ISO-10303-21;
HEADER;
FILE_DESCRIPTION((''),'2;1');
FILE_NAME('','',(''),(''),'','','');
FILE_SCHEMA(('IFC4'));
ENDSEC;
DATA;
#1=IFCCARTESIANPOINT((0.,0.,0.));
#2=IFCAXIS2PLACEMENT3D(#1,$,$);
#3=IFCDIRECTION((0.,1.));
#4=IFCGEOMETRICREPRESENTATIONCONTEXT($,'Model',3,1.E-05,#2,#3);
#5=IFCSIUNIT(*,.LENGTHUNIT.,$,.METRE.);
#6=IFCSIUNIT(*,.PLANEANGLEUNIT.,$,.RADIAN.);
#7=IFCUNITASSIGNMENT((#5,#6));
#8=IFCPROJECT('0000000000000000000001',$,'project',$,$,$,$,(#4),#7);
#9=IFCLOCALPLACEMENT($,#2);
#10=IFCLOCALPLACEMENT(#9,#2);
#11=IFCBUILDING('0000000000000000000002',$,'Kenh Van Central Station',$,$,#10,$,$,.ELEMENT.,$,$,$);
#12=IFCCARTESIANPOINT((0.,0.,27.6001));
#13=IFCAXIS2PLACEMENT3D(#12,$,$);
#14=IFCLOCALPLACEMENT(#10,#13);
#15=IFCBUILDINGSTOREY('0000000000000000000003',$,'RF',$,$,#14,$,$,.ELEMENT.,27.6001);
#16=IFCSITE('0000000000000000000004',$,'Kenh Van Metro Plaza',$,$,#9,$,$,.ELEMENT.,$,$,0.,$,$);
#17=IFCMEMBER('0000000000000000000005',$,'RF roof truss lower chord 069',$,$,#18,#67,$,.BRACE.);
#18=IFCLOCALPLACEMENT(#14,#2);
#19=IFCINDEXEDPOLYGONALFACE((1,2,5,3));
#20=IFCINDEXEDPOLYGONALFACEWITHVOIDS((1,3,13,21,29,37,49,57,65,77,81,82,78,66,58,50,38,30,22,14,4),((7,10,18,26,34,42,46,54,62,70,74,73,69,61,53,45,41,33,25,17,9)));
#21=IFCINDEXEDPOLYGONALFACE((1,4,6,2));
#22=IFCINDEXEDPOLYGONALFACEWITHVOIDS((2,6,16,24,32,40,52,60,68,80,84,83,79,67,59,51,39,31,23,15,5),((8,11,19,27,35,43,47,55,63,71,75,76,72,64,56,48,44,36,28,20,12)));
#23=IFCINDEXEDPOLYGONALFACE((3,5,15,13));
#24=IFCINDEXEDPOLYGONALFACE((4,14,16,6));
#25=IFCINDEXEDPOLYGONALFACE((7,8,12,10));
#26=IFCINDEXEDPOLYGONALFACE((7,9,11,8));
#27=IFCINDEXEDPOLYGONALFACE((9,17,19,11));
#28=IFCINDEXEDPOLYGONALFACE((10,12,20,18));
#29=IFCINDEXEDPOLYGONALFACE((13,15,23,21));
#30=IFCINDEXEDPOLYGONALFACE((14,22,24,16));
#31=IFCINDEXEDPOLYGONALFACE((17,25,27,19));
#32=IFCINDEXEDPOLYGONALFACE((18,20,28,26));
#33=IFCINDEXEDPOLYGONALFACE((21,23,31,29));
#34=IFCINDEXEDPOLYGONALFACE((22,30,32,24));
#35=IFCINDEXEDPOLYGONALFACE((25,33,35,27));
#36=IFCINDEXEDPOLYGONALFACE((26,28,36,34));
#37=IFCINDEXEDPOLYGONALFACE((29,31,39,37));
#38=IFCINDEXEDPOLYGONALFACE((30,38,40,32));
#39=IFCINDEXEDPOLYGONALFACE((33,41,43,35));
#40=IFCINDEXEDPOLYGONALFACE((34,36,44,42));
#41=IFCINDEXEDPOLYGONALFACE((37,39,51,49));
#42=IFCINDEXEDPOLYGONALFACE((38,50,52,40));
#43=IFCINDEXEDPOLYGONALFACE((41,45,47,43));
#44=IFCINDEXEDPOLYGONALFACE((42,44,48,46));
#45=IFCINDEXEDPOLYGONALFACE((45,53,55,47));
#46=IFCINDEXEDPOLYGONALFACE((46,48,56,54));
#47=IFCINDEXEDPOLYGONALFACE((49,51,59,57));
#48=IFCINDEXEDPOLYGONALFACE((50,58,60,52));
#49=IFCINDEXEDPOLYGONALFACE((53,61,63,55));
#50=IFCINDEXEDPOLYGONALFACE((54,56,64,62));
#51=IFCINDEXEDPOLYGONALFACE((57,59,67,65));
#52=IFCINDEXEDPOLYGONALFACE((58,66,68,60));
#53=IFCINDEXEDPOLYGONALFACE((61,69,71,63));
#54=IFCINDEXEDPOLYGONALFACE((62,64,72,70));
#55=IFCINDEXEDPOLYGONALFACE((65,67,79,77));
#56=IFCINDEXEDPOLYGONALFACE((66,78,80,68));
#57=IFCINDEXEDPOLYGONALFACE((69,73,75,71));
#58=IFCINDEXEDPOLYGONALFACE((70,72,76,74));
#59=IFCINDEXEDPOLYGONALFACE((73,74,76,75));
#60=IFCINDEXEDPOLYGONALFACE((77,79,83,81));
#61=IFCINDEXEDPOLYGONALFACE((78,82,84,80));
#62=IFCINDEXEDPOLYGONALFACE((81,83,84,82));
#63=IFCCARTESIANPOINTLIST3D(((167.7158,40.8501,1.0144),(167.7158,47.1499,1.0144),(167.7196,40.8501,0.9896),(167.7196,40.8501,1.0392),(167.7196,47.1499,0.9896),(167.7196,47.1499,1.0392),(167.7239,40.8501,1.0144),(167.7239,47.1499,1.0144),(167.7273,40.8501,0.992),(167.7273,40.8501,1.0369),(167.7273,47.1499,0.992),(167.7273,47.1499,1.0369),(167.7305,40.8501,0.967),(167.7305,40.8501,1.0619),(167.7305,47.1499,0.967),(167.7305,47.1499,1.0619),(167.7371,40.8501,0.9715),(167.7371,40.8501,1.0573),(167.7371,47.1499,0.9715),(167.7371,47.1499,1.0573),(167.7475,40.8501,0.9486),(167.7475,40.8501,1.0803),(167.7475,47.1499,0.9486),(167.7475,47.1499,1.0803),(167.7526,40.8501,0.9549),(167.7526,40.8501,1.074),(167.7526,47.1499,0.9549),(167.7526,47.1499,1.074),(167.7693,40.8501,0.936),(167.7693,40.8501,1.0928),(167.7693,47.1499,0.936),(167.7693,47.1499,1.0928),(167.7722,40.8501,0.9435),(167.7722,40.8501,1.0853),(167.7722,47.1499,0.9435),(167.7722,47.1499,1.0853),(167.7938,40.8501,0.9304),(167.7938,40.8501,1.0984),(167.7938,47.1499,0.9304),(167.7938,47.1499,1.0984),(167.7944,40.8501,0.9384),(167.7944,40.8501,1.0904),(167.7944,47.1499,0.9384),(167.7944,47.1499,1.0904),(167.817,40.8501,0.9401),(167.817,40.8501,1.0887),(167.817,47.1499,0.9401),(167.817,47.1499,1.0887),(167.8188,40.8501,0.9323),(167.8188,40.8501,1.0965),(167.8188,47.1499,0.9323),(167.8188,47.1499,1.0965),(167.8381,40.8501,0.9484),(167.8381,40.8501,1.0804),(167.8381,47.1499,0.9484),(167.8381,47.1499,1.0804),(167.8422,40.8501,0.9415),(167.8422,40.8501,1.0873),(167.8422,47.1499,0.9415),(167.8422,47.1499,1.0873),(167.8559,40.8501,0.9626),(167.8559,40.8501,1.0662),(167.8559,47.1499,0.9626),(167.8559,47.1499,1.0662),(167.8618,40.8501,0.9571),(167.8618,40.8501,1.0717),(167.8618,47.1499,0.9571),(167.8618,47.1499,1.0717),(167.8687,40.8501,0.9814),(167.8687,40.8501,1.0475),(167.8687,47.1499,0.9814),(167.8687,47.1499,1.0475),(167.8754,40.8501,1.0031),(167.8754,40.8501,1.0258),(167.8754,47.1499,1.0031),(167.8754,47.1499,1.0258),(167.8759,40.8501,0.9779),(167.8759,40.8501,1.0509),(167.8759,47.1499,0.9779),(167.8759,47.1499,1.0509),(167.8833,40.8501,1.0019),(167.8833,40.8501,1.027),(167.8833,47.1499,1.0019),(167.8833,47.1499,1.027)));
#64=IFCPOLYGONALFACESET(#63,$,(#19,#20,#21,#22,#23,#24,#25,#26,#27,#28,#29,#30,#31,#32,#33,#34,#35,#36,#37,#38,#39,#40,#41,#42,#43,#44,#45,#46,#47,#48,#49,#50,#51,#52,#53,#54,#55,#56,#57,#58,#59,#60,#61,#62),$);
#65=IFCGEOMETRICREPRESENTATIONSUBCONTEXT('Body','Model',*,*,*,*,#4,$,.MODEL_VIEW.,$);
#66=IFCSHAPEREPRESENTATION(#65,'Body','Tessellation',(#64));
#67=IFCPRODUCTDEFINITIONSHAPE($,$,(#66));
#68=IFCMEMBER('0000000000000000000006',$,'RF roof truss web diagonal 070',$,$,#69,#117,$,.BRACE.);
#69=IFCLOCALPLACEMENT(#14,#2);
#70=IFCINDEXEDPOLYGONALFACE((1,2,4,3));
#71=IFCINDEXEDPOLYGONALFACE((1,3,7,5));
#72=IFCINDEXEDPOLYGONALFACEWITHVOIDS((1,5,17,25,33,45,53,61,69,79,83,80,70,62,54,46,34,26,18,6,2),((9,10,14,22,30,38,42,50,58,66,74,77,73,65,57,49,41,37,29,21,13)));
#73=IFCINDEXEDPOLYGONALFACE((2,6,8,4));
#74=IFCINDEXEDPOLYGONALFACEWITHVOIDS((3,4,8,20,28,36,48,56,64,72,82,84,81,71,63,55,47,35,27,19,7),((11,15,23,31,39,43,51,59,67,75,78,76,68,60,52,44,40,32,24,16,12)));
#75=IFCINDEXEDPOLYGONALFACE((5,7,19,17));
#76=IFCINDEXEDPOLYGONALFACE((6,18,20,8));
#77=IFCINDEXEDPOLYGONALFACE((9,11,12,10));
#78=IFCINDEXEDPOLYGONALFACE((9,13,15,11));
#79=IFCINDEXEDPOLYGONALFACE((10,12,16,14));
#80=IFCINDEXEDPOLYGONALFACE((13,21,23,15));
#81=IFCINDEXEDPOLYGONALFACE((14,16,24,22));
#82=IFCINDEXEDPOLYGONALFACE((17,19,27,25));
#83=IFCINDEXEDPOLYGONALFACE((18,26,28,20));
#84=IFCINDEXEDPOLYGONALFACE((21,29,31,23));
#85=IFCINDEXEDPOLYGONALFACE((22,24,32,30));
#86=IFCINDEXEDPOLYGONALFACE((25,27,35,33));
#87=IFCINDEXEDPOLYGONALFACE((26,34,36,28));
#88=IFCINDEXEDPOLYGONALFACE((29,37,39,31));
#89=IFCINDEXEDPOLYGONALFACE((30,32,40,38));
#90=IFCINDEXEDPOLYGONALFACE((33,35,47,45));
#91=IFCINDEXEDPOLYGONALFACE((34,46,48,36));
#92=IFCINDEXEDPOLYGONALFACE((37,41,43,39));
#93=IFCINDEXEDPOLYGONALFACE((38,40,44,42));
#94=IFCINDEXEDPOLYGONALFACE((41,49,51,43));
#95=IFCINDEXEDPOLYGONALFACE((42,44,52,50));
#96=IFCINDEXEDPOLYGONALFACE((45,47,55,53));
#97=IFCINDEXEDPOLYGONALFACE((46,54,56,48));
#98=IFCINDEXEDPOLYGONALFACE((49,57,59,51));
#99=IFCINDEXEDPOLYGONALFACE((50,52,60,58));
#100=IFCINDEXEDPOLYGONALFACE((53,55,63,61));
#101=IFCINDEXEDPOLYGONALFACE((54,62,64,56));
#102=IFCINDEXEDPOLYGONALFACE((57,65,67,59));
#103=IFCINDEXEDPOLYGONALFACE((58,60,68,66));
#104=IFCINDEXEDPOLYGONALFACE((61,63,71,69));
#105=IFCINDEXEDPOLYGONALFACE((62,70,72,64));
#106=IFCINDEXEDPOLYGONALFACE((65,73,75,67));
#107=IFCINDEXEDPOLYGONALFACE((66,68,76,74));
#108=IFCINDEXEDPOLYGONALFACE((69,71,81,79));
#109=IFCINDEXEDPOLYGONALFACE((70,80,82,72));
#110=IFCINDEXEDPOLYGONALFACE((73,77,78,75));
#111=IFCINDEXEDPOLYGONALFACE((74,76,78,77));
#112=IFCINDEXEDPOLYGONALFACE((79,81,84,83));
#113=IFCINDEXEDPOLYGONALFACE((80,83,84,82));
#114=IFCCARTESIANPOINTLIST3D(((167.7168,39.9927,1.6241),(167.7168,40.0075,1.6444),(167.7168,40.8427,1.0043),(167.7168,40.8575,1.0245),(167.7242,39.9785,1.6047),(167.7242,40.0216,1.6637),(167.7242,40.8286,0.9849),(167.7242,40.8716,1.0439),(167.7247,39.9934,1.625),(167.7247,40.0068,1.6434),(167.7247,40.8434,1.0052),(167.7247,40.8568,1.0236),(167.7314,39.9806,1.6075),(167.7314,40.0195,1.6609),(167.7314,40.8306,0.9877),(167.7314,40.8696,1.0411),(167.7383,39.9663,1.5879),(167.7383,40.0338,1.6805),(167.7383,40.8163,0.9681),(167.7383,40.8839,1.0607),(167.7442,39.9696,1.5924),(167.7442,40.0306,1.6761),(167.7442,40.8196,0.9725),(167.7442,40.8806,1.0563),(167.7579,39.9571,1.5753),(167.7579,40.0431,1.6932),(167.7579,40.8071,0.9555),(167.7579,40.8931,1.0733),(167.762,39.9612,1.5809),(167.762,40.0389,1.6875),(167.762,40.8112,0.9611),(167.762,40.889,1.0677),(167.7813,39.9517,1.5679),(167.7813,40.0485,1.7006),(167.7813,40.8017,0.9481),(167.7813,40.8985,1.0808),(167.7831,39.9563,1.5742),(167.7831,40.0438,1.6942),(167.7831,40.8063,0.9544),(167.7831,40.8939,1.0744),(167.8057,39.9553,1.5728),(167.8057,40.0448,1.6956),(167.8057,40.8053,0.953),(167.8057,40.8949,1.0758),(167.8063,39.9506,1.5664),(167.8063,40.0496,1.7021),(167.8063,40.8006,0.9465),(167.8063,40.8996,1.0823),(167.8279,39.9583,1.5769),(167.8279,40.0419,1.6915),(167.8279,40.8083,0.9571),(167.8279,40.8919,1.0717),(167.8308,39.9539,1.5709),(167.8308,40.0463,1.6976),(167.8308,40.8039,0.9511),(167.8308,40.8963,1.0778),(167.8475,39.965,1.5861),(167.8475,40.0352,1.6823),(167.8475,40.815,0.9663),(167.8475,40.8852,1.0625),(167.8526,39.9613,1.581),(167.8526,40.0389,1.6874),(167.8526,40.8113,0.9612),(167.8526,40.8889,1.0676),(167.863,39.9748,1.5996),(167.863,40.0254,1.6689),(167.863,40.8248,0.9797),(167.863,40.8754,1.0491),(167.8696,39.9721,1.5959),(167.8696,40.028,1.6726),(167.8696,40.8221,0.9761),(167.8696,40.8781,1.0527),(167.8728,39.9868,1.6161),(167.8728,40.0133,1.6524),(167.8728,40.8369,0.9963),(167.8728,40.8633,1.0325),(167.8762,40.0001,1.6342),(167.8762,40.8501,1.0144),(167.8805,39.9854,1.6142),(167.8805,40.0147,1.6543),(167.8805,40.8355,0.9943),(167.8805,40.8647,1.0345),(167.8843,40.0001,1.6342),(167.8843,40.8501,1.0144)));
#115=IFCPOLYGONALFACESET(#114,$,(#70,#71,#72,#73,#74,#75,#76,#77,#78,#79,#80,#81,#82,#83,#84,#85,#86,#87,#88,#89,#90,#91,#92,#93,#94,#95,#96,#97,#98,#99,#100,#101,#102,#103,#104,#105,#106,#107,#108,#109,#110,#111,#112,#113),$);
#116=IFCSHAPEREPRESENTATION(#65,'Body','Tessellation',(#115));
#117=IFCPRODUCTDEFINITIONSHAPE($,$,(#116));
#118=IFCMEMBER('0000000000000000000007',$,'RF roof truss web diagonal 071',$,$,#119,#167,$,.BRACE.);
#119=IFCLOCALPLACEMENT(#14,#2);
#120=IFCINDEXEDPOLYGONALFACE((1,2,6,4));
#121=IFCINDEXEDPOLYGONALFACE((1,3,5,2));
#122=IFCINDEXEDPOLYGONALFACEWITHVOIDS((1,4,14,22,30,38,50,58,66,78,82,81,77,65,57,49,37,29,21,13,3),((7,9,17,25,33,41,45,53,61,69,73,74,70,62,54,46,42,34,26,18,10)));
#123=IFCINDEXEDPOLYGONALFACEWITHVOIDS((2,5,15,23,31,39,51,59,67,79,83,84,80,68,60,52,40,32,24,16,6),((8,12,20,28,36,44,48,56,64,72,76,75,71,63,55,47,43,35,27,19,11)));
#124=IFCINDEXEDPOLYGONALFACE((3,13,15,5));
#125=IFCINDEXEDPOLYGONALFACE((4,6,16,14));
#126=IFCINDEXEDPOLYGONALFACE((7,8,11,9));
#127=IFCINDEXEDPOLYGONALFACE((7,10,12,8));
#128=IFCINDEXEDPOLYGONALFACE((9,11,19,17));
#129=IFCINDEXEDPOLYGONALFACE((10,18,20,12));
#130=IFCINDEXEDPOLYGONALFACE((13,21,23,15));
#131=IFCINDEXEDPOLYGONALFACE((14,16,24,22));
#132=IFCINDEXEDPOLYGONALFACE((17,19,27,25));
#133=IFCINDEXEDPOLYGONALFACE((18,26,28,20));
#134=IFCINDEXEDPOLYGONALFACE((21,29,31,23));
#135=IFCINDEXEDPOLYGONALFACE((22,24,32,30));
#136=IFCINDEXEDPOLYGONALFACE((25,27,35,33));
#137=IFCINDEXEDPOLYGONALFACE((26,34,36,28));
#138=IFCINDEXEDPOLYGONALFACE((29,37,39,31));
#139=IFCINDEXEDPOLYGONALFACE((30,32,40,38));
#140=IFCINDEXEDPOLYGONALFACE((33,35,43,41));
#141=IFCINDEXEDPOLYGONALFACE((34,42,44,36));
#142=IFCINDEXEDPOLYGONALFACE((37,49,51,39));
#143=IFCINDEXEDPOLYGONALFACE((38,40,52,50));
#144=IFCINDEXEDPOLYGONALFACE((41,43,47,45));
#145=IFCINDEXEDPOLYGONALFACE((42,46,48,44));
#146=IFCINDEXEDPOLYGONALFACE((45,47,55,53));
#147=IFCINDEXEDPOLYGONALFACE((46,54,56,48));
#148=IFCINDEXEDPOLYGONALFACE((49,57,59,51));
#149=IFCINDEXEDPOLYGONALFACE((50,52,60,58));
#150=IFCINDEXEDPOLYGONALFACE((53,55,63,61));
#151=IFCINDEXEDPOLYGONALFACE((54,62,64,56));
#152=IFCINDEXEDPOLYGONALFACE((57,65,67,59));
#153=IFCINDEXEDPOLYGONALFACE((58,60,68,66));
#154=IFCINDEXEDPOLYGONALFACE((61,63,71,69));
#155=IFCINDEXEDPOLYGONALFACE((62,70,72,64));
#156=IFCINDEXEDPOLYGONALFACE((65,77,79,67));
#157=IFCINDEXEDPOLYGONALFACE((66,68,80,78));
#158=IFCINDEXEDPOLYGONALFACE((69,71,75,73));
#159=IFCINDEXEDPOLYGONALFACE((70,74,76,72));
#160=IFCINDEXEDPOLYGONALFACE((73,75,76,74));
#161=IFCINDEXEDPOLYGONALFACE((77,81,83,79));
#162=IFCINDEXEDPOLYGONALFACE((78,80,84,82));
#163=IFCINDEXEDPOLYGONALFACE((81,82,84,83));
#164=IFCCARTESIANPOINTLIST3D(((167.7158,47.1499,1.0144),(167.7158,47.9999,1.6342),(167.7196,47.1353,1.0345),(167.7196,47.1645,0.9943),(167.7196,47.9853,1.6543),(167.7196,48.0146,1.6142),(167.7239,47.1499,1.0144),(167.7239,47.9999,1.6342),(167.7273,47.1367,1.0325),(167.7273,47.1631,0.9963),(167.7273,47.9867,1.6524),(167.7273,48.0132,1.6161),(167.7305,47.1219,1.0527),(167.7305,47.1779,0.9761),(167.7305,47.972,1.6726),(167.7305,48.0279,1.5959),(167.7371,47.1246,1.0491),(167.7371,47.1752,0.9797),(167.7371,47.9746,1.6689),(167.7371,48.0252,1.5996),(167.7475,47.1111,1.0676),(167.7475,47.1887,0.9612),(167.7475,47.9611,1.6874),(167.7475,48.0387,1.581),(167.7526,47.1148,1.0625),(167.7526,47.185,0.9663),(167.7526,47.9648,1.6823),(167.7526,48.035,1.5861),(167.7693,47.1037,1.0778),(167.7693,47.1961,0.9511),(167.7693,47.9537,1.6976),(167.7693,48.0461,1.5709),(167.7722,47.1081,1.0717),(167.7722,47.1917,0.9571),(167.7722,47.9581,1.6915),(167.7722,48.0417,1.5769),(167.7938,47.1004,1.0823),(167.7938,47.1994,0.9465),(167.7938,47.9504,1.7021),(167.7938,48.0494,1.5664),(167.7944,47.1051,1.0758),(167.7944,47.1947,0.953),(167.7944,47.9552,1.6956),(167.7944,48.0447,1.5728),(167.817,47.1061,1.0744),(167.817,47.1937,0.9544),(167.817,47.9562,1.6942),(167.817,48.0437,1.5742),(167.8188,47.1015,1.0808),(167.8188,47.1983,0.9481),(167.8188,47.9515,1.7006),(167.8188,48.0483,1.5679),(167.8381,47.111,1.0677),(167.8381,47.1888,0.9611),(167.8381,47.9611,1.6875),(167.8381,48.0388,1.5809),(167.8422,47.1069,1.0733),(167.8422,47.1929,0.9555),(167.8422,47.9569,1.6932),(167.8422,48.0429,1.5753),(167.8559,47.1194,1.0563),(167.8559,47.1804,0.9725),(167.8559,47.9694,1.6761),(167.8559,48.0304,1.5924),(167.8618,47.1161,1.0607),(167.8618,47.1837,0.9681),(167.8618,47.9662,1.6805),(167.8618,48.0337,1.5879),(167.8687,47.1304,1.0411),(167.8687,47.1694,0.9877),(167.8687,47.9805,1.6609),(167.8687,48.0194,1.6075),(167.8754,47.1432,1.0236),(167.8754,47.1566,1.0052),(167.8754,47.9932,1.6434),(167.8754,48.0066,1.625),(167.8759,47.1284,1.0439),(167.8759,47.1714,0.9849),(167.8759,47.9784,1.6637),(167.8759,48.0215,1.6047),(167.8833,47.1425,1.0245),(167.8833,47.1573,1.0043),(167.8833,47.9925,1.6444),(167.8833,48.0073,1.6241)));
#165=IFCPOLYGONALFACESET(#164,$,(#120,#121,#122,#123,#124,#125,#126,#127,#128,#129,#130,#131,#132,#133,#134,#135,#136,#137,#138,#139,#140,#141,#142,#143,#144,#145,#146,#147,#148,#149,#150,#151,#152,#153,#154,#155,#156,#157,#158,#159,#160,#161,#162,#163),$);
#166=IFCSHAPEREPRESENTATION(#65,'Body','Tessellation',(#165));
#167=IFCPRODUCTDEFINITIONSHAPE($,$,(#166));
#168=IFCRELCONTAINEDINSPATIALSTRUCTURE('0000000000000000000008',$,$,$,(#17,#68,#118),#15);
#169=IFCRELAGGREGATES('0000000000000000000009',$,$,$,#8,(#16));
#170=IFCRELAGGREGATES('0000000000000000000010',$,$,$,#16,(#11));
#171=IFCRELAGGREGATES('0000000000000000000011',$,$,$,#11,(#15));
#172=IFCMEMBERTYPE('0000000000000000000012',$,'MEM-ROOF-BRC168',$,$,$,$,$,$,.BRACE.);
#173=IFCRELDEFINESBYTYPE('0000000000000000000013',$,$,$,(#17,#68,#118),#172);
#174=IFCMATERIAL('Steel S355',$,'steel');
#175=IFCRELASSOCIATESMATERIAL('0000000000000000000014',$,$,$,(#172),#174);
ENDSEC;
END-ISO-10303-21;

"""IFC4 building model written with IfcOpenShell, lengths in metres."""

from ifc_helpers import new_model, si_unit, direction, frame, origin, origin_2d, place, context, subcontext, project, spatial, hollow_circle, extrude, material, material_profile, profile_set, type_object, element, save


model = new_model("IFC4")

# Units and contexts
model_context = context("Model", 3, precision=1e-05, world=origin(), true_north=direction((0.0, 1.0)))
body_context = subcontext(model_context, "Body", "Model", "MODEL_VIEW")
ifc_project = project(units=[si_unit("LENGTHUNIT", "METRE"), si_unit("PLANEANGLEUNIT", "RADIAN")], contexts=[model_context])

# Site, building, storey
site_placement = place(None, origin())
site = spatial("IfcSite", under=ifc_project, at=site_placement, Name="Kenh Van Metro Plaza", CompositionType="ELEMENT", RefElevation=0.0)
building_placement = place(site_placement, origin())
building = spatial("IfcBuilding", under=site, at=building_placement, Name="Kenh Van Central Station", CompositionType="ELEMENT")
storey_placement = place(building_placement, frame((0.0, 0.0, 27.6001)))
storey = spatial("IfcBuildingStorey", under=building, at=storey_placement, Name="RF", CompositionType="ELEMENT", Elevation=27.6001)

# Shared definitions
ifc_material_1 = material(Name="Steel S355", Category="steel")

# Members
ifc_material_profile_1 = material_profile(ifc_material_1, hollow_circle(Radius=0.0842, WallThickness=0.0081, at=origin_2d()), Name="CHS 168.3x8")
ifc_profile_set_1 = profile_set([ifc_material_profile_1], Name="Steel S355")
member_type_1 = type_object("IfcMemberType", Name="MEM-ROOF-BRC168", PredefinedType="BRACE", material=ifc_profile_set_1)
member_1_placement = place(storey_placement, frame((167.8, 40.8501, 1.0144), z_axis=(0.0, 1.0, 0.0), x_axis=(-1.0, 0.0, 0.0)))
element("IfcMember", 1, at=member_1_placement, inside=storey, type_object=member_type_1, Name="RF roof truss lower chord 069", PredefinedType="BRACE", context=body_context, shape_type="SweptSolid", body=[
    extrude(hollow_circle(Radius=0.0842, WallThickness=0.0081, at=origin_2d()), origin(), (0.0, 0.0, 1.0), 6.2998),
])
for number, where, z_axis, x_axis, name in (
    (2, (167.8, 40.8501, 1.0144), (0.0, -0.808003, 0.589178), (1.0, 0.0, 0.0), "RF roof truss web diagonal 070"),
    (3, (167.8, 47.1499, 1.0144), (0.0, 0.808003, 0.589178), (-1.0, 0.0, 0.0), "RF roof truss web diagonal 071"),
):
    element("IfcMember", number, at=place(storey_placement, frame(where, z_axis=z_axis, x_axis=x_axis)), inside=storey, type_object=member_type_1, Name=name, PredefinedType="BRACE", context=body_context, shape_type="SweptSolid", body=[
        extrude(hollow_circle(Radius=0.0842, WallThickness=0.0081, at=origin_2d()), origin(), (0.0, 0.0, 1.0), 1.052),
    ])

save(model, "model.ifc")
